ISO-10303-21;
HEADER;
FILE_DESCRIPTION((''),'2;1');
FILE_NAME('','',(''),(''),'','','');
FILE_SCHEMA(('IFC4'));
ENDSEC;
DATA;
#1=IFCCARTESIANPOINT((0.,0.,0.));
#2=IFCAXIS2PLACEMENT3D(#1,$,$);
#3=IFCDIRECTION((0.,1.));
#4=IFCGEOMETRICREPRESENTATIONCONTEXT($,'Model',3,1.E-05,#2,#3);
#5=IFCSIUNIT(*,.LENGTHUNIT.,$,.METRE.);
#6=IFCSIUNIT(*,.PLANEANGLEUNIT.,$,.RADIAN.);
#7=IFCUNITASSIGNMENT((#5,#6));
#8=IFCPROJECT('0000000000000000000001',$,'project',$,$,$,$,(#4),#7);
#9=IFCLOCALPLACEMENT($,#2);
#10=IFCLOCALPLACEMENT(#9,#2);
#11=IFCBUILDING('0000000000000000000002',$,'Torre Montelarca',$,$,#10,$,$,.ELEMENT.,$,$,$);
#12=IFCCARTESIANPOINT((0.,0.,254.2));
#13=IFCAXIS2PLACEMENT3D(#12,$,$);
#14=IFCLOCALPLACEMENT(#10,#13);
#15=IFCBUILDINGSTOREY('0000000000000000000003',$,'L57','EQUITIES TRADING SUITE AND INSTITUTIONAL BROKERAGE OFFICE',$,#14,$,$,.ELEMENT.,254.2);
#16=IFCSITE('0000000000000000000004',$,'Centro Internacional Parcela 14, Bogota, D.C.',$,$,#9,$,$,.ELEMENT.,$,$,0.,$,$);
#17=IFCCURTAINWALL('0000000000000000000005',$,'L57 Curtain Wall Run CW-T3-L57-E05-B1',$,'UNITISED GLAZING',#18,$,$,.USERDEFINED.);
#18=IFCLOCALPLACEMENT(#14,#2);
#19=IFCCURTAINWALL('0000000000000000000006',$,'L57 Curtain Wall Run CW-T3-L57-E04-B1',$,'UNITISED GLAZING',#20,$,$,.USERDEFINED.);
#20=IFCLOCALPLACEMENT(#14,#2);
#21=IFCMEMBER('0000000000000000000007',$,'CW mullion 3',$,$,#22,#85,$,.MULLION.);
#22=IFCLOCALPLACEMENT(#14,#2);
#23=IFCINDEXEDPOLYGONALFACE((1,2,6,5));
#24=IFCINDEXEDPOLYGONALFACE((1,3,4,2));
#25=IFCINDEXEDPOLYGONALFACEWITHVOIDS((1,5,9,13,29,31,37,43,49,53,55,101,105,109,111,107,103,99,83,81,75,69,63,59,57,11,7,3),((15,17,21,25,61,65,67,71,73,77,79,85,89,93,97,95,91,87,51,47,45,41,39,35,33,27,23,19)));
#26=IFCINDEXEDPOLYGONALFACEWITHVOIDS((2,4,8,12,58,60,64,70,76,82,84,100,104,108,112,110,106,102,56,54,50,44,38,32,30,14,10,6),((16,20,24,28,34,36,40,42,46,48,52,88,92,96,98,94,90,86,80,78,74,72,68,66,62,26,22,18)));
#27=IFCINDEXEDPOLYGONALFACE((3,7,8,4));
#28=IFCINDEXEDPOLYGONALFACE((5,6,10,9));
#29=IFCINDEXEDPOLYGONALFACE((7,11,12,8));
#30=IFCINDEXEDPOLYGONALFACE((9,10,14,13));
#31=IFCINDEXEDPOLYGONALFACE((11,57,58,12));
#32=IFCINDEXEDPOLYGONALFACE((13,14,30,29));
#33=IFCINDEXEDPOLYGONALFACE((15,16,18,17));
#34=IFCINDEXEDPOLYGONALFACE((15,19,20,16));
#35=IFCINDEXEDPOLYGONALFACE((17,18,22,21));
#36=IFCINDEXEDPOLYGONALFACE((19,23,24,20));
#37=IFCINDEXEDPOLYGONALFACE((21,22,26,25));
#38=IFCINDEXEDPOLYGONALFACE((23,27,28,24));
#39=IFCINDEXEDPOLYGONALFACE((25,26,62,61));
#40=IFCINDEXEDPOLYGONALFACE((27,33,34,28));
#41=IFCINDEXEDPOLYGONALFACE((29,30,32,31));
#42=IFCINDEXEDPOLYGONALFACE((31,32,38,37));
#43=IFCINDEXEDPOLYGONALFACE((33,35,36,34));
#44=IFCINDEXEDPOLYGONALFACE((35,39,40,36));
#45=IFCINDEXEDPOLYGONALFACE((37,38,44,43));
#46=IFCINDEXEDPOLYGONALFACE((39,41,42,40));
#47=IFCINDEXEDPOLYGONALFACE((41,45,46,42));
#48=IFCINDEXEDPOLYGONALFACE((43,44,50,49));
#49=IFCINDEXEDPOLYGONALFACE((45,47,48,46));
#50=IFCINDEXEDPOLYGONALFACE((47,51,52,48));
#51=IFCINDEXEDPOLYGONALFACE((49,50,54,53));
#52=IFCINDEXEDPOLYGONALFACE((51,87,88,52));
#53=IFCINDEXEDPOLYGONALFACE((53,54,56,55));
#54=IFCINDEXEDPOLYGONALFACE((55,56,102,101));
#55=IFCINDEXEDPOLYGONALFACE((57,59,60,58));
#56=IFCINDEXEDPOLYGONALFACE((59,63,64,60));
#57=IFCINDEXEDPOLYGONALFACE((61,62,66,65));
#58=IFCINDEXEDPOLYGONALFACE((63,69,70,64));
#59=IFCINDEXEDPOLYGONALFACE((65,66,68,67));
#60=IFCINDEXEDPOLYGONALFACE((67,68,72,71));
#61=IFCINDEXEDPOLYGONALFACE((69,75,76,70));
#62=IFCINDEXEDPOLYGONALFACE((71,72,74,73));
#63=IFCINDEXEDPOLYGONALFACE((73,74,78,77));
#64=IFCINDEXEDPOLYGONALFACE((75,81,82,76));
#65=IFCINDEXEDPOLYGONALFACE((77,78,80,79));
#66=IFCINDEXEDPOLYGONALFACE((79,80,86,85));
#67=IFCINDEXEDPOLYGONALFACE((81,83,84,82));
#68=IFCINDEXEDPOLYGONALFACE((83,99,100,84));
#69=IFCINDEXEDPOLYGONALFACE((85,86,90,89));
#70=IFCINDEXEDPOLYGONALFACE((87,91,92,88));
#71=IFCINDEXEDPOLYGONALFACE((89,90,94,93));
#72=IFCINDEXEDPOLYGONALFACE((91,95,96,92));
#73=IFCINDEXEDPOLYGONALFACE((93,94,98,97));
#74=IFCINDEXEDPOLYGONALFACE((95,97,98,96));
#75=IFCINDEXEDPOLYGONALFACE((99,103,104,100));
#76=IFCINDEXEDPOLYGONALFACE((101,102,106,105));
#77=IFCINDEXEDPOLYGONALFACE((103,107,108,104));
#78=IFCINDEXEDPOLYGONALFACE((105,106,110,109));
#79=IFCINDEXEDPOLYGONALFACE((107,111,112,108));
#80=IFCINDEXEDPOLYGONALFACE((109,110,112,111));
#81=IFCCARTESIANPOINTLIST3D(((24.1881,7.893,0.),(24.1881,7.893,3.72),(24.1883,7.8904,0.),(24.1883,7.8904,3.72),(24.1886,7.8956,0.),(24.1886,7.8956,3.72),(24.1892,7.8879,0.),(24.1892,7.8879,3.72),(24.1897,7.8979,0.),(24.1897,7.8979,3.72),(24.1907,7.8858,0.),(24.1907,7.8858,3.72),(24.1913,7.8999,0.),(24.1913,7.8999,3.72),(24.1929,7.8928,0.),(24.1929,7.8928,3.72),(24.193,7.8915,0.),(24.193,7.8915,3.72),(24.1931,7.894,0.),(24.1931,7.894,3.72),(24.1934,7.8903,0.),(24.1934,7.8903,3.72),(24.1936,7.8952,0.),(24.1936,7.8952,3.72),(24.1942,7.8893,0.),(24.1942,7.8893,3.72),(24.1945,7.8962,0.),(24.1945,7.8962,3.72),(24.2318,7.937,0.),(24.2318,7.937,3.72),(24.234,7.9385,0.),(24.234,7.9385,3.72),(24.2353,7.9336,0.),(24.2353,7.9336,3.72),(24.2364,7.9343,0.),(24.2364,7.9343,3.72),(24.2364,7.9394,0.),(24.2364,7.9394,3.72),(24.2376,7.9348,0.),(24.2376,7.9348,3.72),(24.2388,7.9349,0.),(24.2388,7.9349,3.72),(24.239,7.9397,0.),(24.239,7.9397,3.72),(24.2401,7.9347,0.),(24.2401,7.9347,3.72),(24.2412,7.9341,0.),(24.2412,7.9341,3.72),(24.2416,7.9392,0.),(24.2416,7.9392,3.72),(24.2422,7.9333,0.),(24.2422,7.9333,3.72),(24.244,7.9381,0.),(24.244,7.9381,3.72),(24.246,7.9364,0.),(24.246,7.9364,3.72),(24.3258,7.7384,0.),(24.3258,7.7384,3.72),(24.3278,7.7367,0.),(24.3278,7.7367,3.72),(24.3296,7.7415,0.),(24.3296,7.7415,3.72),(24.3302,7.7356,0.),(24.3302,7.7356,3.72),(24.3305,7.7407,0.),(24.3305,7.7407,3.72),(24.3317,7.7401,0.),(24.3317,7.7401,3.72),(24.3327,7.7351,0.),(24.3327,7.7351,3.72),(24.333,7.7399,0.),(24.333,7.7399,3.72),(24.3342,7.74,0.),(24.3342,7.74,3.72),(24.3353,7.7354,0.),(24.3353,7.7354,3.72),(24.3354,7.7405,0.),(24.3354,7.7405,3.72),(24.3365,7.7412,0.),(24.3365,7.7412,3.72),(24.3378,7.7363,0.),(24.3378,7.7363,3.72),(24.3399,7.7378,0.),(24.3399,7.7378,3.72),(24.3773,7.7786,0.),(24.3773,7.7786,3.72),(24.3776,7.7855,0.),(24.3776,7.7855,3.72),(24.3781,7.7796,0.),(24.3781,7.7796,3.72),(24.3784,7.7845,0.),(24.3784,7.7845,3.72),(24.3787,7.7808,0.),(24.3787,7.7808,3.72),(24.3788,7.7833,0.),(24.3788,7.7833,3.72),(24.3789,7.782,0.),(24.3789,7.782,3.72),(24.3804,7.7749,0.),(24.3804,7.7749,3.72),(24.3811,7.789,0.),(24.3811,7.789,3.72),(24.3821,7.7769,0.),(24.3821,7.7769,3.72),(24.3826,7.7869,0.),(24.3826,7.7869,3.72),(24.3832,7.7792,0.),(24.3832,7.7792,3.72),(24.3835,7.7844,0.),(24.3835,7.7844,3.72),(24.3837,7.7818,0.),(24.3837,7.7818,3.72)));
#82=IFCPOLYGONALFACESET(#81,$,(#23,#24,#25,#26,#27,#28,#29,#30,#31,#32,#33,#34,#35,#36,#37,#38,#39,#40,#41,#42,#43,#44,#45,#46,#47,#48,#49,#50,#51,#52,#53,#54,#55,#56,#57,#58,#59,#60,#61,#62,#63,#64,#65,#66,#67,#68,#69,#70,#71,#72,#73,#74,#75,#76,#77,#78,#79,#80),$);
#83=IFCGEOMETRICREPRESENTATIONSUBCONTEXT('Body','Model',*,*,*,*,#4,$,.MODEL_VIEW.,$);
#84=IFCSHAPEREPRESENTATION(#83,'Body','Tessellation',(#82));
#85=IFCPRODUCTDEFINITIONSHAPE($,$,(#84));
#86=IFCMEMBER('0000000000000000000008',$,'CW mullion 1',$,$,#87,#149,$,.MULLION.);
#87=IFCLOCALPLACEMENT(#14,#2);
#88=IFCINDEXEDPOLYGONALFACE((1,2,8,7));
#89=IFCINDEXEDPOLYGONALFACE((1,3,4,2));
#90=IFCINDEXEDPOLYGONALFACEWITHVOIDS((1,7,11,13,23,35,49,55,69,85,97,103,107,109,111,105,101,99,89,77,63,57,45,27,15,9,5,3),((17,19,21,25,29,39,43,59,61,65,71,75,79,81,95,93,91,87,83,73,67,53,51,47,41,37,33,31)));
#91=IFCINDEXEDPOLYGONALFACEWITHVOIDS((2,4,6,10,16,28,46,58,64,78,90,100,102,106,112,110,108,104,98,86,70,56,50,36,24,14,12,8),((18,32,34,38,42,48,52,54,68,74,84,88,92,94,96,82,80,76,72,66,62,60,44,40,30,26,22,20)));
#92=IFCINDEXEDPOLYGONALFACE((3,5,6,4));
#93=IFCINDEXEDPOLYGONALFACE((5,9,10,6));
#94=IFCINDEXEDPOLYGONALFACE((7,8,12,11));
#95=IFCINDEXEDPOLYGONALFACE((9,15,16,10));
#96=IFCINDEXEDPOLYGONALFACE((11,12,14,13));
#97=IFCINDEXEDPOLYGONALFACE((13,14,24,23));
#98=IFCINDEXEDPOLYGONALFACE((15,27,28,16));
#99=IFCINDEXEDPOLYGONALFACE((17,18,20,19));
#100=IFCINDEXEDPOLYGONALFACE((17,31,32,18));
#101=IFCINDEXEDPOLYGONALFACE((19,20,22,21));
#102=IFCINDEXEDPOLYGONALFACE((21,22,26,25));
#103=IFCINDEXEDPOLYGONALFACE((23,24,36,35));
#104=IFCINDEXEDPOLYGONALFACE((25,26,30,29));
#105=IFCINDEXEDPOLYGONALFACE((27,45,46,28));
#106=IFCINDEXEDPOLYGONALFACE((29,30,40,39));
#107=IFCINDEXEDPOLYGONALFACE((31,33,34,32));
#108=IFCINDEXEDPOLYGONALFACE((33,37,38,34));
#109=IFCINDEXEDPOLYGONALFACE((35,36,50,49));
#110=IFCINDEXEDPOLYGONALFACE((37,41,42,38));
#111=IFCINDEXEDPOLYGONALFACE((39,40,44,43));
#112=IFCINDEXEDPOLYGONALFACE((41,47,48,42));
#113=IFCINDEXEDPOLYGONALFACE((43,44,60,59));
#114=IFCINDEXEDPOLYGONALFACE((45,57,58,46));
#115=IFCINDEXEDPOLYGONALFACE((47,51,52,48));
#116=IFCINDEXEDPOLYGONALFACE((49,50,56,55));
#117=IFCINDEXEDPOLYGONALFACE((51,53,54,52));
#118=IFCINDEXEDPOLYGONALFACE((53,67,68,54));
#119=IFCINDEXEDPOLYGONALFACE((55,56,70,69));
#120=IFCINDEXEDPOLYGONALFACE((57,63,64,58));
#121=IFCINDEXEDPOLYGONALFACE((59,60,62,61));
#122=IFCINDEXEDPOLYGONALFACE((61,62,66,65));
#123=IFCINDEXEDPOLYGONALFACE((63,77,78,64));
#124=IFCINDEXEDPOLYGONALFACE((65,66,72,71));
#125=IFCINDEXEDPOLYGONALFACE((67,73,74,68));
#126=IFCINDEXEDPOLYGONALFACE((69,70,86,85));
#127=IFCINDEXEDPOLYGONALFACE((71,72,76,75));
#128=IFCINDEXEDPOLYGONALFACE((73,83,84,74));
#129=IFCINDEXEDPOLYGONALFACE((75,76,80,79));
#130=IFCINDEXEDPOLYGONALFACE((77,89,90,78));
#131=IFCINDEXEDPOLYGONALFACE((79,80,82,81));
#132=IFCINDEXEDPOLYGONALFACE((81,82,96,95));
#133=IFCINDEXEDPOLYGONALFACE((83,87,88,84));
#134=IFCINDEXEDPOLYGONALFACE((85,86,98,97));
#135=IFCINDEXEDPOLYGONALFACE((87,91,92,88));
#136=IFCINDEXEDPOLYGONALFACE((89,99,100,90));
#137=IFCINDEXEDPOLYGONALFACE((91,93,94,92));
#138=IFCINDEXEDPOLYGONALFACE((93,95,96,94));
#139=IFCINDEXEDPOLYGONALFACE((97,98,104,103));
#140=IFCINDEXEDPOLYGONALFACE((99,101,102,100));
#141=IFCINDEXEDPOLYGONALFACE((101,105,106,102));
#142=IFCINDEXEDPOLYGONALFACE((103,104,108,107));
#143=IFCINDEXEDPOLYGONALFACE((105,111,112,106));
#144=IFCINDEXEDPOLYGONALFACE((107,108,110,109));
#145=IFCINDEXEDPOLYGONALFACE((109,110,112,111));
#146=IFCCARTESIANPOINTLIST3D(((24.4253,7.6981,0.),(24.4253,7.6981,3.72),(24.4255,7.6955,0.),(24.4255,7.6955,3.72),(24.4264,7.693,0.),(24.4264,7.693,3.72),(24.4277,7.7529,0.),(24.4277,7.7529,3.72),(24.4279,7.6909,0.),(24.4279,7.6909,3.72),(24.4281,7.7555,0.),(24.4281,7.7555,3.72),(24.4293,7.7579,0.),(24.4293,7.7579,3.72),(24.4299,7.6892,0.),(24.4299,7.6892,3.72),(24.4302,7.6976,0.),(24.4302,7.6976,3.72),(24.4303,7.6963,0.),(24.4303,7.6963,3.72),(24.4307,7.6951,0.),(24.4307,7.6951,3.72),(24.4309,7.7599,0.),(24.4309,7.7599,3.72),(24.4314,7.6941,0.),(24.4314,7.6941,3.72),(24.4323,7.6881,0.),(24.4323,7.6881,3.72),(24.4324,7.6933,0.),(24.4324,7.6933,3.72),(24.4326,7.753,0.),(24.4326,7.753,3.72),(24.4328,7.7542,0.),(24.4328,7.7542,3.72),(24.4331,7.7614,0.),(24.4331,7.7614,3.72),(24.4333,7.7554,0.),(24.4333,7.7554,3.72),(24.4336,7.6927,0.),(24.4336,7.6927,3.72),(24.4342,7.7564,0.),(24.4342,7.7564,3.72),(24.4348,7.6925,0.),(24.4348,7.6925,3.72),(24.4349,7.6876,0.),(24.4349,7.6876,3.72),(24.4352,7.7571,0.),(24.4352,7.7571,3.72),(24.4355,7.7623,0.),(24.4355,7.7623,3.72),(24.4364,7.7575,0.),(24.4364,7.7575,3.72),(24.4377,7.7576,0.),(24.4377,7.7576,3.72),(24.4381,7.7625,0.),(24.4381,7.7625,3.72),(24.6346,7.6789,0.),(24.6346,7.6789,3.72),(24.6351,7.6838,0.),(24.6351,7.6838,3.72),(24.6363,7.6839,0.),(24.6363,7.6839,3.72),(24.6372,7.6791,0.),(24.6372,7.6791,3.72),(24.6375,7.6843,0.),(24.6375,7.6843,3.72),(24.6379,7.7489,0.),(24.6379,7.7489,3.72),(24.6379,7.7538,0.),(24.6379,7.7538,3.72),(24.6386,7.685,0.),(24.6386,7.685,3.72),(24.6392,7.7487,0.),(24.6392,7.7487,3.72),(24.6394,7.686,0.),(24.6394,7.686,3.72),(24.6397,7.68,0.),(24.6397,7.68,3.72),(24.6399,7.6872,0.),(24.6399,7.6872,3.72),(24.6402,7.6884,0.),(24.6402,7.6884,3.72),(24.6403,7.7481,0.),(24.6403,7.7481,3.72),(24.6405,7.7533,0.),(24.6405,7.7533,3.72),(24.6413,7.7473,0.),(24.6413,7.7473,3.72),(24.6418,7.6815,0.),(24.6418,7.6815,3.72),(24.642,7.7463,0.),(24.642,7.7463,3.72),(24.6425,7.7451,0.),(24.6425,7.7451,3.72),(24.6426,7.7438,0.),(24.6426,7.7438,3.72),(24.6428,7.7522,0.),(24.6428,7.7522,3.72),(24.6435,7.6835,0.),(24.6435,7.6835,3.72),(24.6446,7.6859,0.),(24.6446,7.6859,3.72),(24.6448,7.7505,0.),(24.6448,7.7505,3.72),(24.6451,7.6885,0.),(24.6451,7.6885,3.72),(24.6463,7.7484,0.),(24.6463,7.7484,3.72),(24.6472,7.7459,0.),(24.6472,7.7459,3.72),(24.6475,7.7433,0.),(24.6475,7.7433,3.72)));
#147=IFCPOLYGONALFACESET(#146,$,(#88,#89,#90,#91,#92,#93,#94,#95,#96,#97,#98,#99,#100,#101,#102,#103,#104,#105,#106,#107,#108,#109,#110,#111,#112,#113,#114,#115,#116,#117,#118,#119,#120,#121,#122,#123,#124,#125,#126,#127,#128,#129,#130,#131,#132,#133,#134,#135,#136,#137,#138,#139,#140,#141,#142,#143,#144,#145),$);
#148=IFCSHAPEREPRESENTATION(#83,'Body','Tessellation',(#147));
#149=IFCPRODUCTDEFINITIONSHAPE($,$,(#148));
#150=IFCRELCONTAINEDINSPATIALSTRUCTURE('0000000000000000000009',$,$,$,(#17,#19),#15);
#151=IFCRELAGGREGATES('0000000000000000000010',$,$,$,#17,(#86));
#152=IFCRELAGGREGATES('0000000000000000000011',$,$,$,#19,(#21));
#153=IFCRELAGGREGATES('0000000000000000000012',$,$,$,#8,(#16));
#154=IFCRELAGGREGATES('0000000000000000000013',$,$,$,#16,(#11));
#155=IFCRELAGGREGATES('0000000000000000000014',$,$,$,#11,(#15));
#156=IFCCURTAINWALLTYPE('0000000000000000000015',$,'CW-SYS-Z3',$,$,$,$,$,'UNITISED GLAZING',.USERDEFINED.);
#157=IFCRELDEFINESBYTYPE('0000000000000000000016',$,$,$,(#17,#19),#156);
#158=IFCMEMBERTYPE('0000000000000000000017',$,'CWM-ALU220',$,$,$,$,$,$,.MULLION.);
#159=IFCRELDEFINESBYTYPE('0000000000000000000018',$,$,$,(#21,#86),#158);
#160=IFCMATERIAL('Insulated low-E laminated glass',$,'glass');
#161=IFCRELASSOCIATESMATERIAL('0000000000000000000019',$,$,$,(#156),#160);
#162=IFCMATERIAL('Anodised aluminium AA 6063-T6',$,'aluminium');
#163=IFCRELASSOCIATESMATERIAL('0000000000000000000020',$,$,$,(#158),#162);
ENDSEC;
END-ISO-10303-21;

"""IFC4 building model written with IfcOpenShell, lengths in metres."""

from ifc_helpers import new_model, si_unit, direction, frame, origin, origin_2d, place, context, subcontext, project, spatial, hollow_rectangle, extrude, source, transform, mapped, material, material_profile, profile_set, type_object, element, aggregate, save


model = new_model("IFC4")

# Units and contexts
model_context = context("Model", 3, precision=1e-05, world=origin(), true_north=direction((0.0, 1.0)))
body_context = subcontext(model_context, "Body", "Model", "MODEL_VIEW")
ifc_project = project(units=[si_unit("LENGTHUNIT", "METRE"), si_unit("PLANEANGLEUNIT", "RADIAN")], contexts=[model_context])

# Site, building, storey
site_placement = place(None, origin())
site = spatial("IfcSite", under=ifc_project, at=site_placement, Name="Centro Internacional Parcela 14, Bogota, D.C.", CompositionType="ELEMENT", RefElevation=0.0)
building_placement = place(site_placement, origin())
building = spatial("IfcBuilding", under=site, at=building_placement, Name="Torre Montelarca", CompositionType="ELEMENT")
storey_placement = place(building_placement, frame((0.0, 0.0, 254.2)))
storey = spatial("IfcBuildingStorey", under=building, at=storey_placement, Name="L57", Description="EQUITIES TRADING SUITE AND INSTITUTIONAL BROKERAGE OFFICE", CompositionType="ELEMENT", Elevation=254.2)

# Curtain walls, member
ifc_material_1 = material(Name="Insulated low-E laminated glass", Category="glass")
curtain_wall_type = type_object("IfcCurtainWallType", Name="CW-SYS-Z3", ElementType="UNITISED GLAZING", PredefinedType="USERDEFINED", material=ifc_material_1)
curtain_wall_1_placement = place(storey_placement, origin())
curtain_wall_1 = element("IfcCurtainWall", 1, at=curtain_wall_1_placement, inside=storey, type_object=curtain_wall_type, Name="L57 Curtain Wall Run CW-T3-L57-E05-B1", ObjectType="UNITISED GLAZING", PredefinedType="USERDEFINED")
ifc_material_2 = material(Name="Anodised aluminium AA 6063-T6", Category="aluminium")
curtain_wall_2_placement = place(storey_placement, origin())
curtain_wall_2 = element("IfcCurtainWall", 2, at=curtain_wall_2_placement, inside=storey, type_object=curtain_wall_type, Name="L57 Curtain Wall Run CW-T3-L57-E04-B1", ObjectType="UNITISED GLAZING", PredefinedType="USERDEFINED")
ifc_material_profile_1 = material_profile(ifc_material_2, hollow_rectangle(XDim=0.075, YDim=0.22, WallThickness=0.0049, InnerFilletRadius=0.0049, OuterFilletRadius=0.01, at=origin_2d()), Name="ALU75X220X5", Category="aluminium")
ifc_profile_set_1 = profile_set([ifc_material_profile_1], Name="Anodised aluminium AA 6063-T6")
member_type_1 = type_object("IfcMemberType", Name="CWM-ALU220", PredefinedType="MULLION", material=ifc_profile_set_1)
shared_shape_1 = source(origin(), body_context, "Body", "SweptSolid", [
    extrude(hollow_rectangle(XDim=0.075, YDim=0.22, WallThickness=0.0049, InnerFilletRadius=0.0049, OuterFilletRadius=0.01, at=origin_2d()), origin(), (0.0, 0.0, 1.0), 3.72),
])
member_1_placement = place(storey_placement, frame((24.2859, 7.8374, 0.0), z_axis=(0.0, 0.0, 1.0), x_axis=(0.737293, 0.675573, 0.0)))
member_1 = element("IfcMember", 3, at=member_1_placement, type_object=member_type_1, Name="CW mullion 3", PredefinedType="MULLION", context=body_context, shape_type="MappedRepresentation", body=[
    mapped(shared_shape_1, transform((0.0, 0.0, 0.0), scale=1.0)),
])

# Member
member_2_placement = place(storey_placement, frame((24.5364, 7.7207, 0.0), z_axis=(0.0, 0.0, 1.0), x_axis=(0.043616, 0.999048, 0.0)))
member_2 = element("IfcMember", 4, at=member_2_placement, type_object=member_type_1, Name="CW mullion 1", PredefinedType="MULLION", context=body_context, shape_type="MappedRepresentation", body=[
    mapped(shared_shape_1, transform((0.0, 0.0, 0.0), scale=1.0)),
])

aggregate(curtain_wall_1, [member_2])
aggregate(curtain_wall_2, [member_1])

save(model, "model.ifc")
